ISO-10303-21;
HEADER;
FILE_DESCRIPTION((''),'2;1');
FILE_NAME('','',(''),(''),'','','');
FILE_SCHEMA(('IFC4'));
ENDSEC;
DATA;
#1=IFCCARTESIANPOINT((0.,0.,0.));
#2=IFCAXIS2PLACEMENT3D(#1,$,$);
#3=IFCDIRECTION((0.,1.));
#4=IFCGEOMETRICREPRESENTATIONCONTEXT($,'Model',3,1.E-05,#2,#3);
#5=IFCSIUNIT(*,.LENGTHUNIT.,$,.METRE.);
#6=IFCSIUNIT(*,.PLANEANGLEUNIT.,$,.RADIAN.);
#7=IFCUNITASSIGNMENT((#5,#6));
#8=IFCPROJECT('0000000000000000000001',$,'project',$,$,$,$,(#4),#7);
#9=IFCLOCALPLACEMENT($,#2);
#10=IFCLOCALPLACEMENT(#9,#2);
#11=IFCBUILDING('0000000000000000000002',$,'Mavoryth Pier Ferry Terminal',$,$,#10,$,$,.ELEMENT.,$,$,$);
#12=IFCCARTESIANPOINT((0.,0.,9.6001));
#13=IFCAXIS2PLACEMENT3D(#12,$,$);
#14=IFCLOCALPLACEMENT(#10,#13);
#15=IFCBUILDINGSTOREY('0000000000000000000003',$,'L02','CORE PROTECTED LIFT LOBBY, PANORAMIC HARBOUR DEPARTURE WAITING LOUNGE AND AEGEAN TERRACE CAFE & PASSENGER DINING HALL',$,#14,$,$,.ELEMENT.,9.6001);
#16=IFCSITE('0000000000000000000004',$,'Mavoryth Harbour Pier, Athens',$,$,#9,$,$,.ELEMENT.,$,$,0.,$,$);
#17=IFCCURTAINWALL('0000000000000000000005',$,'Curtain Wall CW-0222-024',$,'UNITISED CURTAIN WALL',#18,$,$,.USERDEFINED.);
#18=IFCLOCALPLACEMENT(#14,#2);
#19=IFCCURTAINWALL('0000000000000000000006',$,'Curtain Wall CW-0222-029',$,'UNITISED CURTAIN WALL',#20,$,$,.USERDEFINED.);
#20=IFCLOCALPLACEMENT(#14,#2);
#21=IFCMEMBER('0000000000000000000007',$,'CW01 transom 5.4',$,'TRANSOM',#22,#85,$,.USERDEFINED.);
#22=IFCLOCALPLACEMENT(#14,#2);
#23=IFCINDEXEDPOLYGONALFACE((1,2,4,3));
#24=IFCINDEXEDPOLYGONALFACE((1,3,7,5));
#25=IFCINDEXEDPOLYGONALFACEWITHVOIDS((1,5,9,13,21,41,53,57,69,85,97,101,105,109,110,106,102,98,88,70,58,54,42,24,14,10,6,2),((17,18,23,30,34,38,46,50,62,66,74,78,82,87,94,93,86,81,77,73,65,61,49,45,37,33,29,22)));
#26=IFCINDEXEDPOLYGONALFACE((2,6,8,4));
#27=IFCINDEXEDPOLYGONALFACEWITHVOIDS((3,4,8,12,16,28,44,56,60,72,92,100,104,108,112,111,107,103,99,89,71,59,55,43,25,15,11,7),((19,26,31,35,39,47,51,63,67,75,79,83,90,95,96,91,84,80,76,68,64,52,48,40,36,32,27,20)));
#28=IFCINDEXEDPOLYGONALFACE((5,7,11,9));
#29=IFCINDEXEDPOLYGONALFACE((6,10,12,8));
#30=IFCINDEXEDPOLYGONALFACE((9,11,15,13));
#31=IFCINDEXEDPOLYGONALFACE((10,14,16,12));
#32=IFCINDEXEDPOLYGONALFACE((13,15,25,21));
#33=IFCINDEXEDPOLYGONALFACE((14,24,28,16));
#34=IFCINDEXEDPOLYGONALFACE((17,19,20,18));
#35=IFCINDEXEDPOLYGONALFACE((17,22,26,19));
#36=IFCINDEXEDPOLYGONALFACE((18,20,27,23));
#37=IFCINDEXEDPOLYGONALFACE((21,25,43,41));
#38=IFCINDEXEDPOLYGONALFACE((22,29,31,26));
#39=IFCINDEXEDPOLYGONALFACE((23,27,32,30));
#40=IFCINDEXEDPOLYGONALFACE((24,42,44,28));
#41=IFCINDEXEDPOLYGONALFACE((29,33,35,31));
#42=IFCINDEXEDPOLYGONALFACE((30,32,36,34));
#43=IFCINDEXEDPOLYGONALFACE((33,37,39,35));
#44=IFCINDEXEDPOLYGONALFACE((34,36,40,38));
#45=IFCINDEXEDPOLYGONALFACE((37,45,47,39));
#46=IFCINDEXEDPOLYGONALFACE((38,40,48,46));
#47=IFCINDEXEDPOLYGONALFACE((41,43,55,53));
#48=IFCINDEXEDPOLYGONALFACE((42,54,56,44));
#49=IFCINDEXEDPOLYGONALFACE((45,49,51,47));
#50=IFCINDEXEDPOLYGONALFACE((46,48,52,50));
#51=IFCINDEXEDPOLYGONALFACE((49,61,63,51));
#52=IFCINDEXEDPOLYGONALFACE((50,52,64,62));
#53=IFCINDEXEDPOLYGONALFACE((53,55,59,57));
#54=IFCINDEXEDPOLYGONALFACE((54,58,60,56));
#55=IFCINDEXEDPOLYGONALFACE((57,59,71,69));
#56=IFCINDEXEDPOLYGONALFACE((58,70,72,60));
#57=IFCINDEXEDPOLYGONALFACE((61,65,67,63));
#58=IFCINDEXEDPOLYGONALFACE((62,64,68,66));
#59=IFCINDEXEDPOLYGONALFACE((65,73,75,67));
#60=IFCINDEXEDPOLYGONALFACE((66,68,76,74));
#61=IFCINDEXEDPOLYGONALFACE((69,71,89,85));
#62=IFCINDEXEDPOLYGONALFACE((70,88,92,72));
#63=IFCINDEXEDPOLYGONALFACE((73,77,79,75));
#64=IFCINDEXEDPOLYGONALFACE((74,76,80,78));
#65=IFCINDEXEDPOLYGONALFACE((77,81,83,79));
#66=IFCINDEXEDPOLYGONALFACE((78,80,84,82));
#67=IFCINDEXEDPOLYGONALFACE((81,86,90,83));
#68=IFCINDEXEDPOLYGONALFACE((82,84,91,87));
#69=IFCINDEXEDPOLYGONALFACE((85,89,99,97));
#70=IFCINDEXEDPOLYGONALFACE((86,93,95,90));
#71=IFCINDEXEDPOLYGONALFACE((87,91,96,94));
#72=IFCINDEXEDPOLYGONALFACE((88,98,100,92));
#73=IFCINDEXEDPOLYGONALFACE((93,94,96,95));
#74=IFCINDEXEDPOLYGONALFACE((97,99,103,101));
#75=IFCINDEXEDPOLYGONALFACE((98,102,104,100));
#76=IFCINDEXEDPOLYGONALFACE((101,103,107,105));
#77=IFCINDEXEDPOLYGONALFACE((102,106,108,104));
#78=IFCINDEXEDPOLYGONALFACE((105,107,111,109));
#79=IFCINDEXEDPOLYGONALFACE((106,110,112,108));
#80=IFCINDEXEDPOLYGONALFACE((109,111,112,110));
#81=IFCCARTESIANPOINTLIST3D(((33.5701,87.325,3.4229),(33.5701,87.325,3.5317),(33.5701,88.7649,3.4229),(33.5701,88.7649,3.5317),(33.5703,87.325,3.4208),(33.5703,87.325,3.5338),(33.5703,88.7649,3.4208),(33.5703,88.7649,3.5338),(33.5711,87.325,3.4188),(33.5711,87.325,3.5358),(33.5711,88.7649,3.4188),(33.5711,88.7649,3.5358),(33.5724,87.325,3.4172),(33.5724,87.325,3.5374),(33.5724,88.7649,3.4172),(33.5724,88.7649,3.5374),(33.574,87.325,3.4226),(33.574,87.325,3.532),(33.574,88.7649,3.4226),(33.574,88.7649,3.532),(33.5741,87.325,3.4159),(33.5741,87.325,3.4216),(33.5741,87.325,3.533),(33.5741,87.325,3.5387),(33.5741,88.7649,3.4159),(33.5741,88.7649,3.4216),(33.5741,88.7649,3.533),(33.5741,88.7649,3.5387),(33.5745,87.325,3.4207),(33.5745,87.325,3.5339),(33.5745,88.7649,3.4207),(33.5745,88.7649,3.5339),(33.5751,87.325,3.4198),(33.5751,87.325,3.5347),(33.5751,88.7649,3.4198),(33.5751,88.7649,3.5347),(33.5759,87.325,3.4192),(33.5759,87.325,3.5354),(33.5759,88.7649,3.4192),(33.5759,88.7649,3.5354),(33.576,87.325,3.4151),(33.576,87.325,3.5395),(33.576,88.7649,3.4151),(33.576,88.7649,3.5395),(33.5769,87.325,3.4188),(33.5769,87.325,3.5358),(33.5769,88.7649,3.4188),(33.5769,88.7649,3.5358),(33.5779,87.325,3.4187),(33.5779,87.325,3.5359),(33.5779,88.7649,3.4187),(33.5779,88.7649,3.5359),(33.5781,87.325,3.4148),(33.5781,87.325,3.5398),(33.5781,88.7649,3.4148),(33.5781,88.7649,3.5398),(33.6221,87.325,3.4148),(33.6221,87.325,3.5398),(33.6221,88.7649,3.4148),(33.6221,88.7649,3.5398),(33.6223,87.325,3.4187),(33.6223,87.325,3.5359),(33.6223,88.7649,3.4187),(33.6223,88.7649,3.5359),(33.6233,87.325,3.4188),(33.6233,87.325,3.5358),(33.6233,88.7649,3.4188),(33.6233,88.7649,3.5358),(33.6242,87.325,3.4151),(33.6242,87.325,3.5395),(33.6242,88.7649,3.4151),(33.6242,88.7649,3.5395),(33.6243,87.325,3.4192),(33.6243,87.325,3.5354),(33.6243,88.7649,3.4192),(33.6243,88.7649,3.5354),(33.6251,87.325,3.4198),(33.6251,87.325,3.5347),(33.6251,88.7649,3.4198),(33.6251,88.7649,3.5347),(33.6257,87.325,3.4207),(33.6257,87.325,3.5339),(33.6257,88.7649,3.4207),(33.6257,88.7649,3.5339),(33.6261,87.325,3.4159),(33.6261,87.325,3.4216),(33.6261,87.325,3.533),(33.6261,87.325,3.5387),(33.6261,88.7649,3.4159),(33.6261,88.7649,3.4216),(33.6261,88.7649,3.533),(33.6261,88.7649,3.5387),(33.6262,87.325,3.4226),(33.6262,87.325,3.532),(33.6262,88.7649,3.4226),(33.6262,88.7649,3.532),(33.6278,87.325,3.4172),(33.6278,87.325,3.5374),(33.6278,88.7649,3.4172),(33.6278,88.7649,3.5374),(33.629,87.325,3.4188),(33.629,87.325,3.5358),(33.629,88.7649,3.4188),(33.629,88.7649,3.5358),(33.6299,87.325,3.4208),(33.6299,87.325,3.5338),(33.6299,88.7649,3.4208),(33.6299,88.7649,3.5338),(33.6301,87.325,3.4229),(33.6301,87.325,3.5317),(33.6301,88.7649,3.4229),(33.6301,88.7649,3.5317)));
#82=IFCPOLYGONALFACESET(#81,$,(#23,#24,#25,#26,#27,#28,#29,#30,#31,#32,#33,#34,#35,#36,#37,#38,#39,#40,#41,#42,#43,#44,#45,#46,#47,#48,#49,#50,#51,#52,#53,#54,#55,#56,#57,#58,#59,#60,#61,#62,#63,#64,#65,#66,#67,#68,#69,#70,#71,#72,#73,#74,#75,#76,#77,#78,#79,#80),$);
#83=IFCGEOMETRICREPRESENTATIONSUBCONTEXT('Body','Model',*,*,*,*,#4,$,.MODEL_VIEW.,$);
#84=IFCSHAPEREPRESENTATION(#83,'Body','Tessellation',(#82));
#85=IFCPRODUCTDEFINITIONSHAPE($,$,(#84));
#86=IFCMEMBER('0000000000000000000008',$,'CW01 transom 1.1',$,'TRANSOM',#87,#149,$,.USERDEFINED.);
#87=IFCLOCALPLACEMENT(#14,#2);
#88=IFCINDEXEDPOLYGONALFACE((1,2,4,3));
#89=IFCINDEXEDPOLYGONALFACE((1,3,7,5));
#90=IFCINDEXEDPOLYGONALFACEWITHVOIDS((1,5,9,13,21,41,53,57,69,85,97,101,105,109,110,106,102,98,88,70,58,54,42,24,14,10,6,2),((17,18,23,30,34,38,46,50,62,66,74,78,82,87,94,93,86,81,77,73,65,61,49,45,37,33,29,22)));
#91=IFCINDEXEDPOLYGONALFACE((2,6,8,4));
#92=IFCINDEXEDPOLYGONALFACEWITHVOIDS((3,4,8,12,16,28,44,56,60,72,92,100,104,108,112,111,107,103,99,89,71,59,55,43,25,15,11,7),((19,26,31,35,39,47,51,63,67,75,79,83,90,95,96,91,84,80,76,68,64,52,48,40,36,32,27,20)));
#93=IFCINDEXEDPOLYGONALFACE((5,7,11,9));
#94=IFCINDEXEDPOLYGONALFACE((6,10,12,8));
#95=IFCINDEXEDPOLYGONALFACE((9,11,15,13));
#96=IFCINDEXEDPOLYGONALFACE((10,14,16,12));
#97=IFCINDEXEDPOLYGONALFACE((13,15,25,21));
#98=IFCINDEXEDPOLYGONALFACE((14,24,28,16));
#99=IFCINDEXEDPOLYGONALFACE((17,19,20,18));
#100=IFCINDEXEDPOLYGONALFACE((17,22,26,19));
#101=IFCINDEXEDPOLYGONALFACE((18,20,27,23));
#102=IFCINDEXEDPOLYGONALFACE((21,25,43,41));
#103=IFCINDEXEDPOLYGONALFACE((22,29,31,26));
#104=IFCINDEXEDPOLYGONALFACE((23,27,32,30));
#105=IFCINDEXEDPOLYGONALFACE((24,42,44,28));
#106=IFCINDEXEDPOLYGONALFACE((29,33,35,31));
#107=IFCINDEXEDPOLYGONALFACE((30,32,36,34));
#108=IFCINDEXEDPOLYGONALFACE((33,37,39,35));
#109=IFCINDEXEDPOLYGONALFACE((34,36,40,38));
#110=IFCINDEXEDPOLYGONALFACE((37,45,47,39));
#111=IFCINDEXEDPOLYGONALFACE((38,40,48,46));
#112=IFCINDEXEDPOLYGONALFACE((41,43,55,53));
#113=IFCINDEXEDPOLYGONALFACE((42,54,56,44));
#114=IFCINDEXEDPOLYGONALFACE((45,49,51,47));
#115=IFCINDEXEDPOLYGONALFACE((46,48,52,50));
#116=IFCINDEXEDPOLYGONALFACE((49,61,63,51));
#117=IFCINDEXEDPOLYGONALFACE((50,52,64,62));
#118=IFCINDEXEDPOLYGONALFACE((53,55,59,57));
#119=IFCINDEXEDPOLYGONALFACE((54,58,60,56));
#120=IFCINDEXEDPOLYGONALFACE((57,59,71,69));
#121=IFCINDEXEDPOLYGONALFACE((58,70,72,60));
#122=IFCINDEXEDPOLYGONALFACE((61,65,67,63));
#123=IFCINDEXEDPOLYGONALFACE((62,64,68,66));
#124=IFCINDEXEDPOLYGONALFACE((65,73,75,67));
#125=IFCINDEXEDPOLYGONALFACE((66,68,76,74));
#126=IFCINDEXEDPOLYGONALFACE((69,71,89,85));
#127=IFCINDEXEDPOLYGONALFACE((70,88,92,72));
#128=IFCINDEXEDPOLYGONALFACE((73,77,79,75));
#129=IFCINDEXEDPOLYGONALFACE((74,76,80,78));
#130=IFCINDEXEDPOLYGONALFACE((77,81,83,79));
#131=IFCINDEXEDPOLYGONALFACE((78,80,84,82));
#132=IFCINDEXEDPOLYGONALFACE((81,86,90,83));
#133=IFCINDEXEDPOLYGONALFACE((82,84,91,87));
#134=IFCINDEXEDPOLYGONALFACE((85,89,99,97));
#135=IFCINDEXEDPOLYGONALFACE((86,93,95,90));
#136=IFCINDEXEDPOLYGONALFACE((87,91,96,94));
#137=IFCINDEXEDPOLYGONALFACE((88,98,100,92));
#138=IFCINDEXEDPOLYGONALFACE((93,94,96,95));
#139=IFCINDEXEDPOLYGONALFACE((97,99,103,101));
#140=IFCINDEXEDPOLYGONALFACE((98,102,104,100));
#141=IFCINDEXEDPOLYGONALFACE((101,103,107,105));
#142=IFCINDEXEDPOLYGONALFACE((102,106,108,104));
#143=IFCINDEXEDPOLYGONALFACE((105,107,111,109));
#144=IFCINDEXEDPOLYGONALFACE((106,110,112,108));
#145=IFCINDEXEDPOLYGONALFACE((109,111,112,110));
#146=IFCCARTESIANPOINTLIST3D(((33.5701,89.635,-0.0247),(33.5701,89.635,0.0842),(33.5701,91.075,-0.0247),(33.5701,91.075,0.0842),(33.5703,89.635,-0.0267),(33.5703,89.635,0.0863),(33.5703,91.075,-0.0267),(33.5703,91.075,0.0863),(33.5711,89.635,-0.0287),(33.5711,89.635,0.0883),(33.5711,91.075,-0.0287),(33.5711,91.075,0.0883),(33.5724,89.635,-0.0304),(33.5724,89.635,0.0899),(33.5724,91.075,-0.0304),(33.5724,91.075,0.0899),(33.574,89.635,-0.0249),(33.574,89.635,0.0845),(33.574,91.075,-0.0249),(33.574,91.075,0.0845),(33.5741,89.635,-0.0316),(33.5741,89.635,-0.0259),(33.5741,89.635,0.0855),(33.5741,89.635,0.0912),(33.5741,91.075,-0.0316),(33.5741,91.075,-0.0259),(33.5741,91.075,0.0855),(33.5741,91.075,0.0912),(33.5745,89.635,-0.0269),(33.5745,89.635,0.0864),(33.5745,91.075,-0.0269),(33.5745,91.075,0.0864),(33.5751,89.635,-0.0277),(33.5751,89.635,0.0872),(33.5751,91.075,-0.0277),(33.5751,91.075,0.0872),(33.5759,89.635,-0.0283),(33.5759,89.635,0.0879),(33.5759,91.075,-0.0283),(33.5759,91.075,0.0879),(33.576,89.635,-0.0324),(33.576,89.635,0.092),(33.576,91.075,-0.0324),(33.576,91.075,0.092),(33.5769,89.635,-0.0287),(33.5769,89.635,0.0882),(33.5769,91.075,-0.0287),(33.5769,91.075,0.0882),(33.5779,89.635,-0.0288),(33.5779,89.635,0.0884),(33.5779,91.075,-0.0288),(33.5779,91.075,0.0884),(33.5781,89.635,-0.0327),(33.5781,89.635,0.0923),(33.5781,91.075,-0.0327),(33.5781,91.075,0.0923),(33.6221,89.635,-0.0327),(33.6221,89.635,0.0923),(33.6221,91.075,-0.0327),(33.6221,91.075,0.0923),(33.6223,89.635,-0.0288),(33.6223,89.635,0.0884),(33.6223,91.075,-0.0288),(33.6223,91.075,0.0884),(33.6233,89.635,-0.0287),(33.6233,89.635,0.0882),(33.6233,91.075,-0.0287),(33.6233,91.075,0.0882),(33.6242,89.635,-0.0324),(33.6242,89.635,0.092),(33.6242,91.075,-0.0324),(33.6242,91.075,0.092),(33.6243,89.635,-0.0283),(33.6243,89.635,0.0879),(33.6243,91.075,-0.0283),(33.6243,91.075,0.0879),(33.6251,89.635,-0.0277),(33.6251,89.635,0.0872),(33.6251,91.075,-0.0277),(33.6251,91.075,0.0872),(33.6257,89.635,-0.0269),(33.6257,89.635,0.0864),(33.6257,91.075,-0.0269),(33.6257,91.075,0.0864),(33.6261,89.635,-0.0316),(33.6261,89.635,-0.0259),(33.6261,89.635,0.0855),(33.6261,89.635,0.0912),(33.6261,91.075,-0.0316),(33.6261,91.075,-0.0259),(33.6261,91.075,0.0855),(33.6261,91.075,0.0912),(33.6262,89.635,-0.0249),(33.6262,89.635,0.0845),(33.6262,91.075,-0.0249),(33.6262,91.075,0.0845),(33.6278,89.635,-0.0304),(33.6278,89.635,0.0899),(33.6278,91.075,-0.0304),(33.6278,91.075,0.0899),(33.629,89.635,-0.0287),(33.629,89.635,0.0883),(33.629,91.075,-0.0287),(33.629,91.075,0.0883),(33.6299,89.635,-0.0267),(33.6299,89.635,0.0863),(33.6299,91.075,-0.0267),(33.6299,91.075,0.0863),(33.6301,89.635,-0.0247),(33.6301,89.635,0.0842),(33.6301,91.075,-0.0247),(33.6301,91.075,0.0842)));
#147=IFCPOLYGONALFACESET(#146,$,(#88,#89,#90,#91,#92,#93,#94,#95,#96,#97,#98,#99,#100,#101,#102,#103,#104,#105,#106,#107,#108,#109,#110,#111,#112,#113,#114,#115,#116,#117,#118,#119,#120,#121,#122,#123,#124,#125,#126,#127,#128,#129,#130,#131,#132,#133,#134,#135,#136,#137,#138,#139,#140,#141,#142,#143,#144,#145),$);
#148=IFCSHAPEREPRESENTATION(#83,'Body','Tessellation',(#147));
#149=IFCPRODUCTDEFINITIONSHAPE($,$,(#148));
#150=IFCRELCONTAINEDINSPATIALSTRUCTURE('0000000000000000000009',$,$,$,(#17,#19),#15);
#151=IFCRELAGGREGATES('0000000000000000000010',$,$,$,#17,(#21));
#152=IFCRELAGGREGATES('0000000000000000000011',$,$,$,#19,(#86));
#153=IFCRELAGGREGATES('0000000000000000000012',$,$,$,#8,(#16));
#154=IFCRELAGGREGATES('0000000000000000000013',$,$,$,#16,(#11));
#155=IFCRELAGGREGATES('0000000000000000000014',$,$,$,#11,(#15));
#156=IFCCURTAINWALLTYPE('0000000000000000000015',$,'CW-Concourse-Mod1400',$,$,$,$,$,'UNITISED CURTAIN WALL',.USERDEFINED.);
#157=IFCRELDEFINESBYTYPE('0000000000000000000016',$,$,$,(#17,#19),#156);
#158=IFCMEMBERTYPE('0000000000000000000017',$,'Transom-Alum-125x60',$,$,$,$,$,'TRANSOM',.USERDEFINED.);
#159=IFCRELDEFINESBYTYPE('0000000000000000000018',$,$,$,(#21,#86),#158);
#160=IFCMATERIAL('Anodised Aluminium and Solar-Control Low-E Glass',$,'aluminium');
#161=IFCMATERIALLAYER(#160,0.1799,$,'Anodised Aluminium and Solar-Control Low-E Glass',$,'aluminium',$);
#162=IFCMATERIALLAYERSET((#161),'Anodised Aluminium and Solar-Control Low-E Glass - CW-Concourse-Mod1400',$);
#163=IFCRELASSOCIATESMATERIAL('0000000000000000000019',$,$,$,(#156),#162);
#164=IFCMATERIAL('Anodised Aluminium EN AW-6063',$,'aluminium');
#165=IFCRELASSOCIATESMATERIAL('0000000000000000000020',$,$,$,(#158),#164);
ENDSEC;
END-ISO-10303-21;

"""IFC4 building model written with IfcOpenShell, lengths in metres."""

from ifc_helpers import new_model, si_unit, direction, frame, origin, origin_2d, place, context, subcontext, project, spatial, hollow_rectangle, extrude, material, layer, layer_set, material_profile, profile_set, type_object, element, aggregate, save


model = new_model("IFC4")

# Units and contexts
model_context = context("Model", 3, precision=1e-05, world=origin(), true_north=direction((0.0, 1.0)))
body_context = subcontext(model_context, "Body", "Model", "MODEL_VIEW")
ifc_project = project(units=[si_unit("LENGTHUNIT", "METRE"), si_unit("PLANEANGLEUNIT", "RADIAN")], contexts=[model_context])

# Site, building, storey
site_placement = place(None, origin())
site = spatial("IfcSite", under=ifc_project, at=site_placement, Name="Mavoryth Harbour Pier, Athens", CompositionType="ELEMENT", RefElevation=0.0)
building_placement = place(site_placement, origin())
building = spatial("IfcBuilding", under=site, at=building_placement, Name="Mavoryth Pier Ferry Terminal", CompositionType="ELEMENT")
storey_placement = place(building_placement, frame((0.0, 0.0, 9.6001)))
storey = spatial("IfcBuildingStorey", under=building, at=storey_placement, Name="L02", Description="CORE PROTECTED LIFT LOBBY, PANORAMIC HARBOUR DEPARTURE WAITING LOUNGE AND AEGEAN TERRACE CAFE & PASSENGER DINING HALL", CompositionType="ELEMENT", Elevation=9.6001)

# Curtain walls
ifc_material_1 = material(Name="Anodised Aluminium and Solar-Control Low-E Glass", Category="aluminium")
ifc_layer_1 = layer(ifc_material_1, 0.1799, Name="Anodised Aluminium and Solar-Control Low-E Glass", Category="aluminium")
ifc_layer_set_1 = layer_set([ifc_layer_1], Name="Anodised Aluminium and Solar-Control Low-E Glass - CW-Concourse-Mod1400")
curtain_wall_type = type_object("IfcCurtainWallType", Name="CW-Concourse-Mod1400", ElementType="UNITISED CURTAIN WALL", PredefinedType="USERDEFINED", material=ifc_layer_set_1)
curtain_wall_1_placement = place(storey_placement, origin())
curtain_wall_1 = element("IfcCurtainWall", 1, at=curtain_wall_1_placement, inside=storey, type_object=curtain_wall_type, Name="Curtain Wall CW-0222-024", ObjectType="UNITISED CURTAIN WALL", PredefinedType="USERDEFINED")
ifc_material_2 = material(Name="Anodised Aluminium EN AW-6063", Category="aluminium")
curtain_wall_2_placement = place(storey_placement, origin())
curtain_wall_2 = element("IfcCurtainWall", 2, at=curtain_wall_2_placement, inside=storey, type_object=curtain_wall_type, Name="Curtain Wall CW-0222-029", ObjectType="UNITISED CURTAIN WALL", PredefinedType="USERDEFINED")

# Members
ifc_material_profile_1 = material_profile(ifc_material_2, hollow_rectangle(XDim=0.0601, YDim=0.125, WallThickness=0.0039, InnerFilletRadius=0.0039, OuterFilletRadius=0.0081, at=origin_2d()), Name="AL-TRAN 125x60x4", Category="aluminium")
ifc_profile_set_1 = profile_set([ifc_material_profile_1], Name="Anodised Aluminium EN AW-6063 - AL-TRAN 125x60x4")
member_type_1 = type_object("IfcMemberType", Name="Transom-Alum-125x60", ElementType="TRANSOM", PredefinedType="USERDEFINED", material=ifc_profile_set_1)
member_1_placement = place(storey_placement, frame((33.6001, 87.325, 3.4773), z_axis=(0.0, 1.0, 0.0), x_axis=(-1.0, 0.0, 0.0)))
member_1 = element("IfcMember", 3, at=member_1_placement, type_object=member_type_1, Name="CW01 transom 5.4", ObjectType="TRANSOM", PredefinedType="USERDEFINED", context=body_context, shape_type="SweptSolid", body=[
    extrude(hollow_rectangle(XDim=0.0601, YDim=0.125, WallThickness=0.0039, InnerFilletRadius=0.0039, OuterFilletRadius=0.0081, at=origin_2d()), origin(), (0.0, 0.0, 1.0), 1.4399),
])
member_2_placement = place(storey_placement, frame((33.6001, 89.635, 0.0298), z_axis=(0.0, 1.0, 0.0), x_axis=(-1.0, 0.0, 0.0)))
member_2 = element("IfcMember", 4, at=member_2_placement, type_object=member_type_1, Name="CW01 transom 1.1", ObjectType="TRANSOM", PredefinedType="USERDEFINED", context=body_context, shape_type="SweptSolid", body=[
    extrude(hollow_rectangle(XDim=0.0601, YDim=0.125, WallThickness=0.0039, InnerFilletRadius=0.0039, OuterFilletRadius=0.0081, at=origin_2d()), origin(), (0.0, 0.0, 1.0), 1.4399),
])

aggregate(curtain_wall_1, [member_1])
aggregate(curtain_wall_2, [member_2])

save(model, "model.ifc")
